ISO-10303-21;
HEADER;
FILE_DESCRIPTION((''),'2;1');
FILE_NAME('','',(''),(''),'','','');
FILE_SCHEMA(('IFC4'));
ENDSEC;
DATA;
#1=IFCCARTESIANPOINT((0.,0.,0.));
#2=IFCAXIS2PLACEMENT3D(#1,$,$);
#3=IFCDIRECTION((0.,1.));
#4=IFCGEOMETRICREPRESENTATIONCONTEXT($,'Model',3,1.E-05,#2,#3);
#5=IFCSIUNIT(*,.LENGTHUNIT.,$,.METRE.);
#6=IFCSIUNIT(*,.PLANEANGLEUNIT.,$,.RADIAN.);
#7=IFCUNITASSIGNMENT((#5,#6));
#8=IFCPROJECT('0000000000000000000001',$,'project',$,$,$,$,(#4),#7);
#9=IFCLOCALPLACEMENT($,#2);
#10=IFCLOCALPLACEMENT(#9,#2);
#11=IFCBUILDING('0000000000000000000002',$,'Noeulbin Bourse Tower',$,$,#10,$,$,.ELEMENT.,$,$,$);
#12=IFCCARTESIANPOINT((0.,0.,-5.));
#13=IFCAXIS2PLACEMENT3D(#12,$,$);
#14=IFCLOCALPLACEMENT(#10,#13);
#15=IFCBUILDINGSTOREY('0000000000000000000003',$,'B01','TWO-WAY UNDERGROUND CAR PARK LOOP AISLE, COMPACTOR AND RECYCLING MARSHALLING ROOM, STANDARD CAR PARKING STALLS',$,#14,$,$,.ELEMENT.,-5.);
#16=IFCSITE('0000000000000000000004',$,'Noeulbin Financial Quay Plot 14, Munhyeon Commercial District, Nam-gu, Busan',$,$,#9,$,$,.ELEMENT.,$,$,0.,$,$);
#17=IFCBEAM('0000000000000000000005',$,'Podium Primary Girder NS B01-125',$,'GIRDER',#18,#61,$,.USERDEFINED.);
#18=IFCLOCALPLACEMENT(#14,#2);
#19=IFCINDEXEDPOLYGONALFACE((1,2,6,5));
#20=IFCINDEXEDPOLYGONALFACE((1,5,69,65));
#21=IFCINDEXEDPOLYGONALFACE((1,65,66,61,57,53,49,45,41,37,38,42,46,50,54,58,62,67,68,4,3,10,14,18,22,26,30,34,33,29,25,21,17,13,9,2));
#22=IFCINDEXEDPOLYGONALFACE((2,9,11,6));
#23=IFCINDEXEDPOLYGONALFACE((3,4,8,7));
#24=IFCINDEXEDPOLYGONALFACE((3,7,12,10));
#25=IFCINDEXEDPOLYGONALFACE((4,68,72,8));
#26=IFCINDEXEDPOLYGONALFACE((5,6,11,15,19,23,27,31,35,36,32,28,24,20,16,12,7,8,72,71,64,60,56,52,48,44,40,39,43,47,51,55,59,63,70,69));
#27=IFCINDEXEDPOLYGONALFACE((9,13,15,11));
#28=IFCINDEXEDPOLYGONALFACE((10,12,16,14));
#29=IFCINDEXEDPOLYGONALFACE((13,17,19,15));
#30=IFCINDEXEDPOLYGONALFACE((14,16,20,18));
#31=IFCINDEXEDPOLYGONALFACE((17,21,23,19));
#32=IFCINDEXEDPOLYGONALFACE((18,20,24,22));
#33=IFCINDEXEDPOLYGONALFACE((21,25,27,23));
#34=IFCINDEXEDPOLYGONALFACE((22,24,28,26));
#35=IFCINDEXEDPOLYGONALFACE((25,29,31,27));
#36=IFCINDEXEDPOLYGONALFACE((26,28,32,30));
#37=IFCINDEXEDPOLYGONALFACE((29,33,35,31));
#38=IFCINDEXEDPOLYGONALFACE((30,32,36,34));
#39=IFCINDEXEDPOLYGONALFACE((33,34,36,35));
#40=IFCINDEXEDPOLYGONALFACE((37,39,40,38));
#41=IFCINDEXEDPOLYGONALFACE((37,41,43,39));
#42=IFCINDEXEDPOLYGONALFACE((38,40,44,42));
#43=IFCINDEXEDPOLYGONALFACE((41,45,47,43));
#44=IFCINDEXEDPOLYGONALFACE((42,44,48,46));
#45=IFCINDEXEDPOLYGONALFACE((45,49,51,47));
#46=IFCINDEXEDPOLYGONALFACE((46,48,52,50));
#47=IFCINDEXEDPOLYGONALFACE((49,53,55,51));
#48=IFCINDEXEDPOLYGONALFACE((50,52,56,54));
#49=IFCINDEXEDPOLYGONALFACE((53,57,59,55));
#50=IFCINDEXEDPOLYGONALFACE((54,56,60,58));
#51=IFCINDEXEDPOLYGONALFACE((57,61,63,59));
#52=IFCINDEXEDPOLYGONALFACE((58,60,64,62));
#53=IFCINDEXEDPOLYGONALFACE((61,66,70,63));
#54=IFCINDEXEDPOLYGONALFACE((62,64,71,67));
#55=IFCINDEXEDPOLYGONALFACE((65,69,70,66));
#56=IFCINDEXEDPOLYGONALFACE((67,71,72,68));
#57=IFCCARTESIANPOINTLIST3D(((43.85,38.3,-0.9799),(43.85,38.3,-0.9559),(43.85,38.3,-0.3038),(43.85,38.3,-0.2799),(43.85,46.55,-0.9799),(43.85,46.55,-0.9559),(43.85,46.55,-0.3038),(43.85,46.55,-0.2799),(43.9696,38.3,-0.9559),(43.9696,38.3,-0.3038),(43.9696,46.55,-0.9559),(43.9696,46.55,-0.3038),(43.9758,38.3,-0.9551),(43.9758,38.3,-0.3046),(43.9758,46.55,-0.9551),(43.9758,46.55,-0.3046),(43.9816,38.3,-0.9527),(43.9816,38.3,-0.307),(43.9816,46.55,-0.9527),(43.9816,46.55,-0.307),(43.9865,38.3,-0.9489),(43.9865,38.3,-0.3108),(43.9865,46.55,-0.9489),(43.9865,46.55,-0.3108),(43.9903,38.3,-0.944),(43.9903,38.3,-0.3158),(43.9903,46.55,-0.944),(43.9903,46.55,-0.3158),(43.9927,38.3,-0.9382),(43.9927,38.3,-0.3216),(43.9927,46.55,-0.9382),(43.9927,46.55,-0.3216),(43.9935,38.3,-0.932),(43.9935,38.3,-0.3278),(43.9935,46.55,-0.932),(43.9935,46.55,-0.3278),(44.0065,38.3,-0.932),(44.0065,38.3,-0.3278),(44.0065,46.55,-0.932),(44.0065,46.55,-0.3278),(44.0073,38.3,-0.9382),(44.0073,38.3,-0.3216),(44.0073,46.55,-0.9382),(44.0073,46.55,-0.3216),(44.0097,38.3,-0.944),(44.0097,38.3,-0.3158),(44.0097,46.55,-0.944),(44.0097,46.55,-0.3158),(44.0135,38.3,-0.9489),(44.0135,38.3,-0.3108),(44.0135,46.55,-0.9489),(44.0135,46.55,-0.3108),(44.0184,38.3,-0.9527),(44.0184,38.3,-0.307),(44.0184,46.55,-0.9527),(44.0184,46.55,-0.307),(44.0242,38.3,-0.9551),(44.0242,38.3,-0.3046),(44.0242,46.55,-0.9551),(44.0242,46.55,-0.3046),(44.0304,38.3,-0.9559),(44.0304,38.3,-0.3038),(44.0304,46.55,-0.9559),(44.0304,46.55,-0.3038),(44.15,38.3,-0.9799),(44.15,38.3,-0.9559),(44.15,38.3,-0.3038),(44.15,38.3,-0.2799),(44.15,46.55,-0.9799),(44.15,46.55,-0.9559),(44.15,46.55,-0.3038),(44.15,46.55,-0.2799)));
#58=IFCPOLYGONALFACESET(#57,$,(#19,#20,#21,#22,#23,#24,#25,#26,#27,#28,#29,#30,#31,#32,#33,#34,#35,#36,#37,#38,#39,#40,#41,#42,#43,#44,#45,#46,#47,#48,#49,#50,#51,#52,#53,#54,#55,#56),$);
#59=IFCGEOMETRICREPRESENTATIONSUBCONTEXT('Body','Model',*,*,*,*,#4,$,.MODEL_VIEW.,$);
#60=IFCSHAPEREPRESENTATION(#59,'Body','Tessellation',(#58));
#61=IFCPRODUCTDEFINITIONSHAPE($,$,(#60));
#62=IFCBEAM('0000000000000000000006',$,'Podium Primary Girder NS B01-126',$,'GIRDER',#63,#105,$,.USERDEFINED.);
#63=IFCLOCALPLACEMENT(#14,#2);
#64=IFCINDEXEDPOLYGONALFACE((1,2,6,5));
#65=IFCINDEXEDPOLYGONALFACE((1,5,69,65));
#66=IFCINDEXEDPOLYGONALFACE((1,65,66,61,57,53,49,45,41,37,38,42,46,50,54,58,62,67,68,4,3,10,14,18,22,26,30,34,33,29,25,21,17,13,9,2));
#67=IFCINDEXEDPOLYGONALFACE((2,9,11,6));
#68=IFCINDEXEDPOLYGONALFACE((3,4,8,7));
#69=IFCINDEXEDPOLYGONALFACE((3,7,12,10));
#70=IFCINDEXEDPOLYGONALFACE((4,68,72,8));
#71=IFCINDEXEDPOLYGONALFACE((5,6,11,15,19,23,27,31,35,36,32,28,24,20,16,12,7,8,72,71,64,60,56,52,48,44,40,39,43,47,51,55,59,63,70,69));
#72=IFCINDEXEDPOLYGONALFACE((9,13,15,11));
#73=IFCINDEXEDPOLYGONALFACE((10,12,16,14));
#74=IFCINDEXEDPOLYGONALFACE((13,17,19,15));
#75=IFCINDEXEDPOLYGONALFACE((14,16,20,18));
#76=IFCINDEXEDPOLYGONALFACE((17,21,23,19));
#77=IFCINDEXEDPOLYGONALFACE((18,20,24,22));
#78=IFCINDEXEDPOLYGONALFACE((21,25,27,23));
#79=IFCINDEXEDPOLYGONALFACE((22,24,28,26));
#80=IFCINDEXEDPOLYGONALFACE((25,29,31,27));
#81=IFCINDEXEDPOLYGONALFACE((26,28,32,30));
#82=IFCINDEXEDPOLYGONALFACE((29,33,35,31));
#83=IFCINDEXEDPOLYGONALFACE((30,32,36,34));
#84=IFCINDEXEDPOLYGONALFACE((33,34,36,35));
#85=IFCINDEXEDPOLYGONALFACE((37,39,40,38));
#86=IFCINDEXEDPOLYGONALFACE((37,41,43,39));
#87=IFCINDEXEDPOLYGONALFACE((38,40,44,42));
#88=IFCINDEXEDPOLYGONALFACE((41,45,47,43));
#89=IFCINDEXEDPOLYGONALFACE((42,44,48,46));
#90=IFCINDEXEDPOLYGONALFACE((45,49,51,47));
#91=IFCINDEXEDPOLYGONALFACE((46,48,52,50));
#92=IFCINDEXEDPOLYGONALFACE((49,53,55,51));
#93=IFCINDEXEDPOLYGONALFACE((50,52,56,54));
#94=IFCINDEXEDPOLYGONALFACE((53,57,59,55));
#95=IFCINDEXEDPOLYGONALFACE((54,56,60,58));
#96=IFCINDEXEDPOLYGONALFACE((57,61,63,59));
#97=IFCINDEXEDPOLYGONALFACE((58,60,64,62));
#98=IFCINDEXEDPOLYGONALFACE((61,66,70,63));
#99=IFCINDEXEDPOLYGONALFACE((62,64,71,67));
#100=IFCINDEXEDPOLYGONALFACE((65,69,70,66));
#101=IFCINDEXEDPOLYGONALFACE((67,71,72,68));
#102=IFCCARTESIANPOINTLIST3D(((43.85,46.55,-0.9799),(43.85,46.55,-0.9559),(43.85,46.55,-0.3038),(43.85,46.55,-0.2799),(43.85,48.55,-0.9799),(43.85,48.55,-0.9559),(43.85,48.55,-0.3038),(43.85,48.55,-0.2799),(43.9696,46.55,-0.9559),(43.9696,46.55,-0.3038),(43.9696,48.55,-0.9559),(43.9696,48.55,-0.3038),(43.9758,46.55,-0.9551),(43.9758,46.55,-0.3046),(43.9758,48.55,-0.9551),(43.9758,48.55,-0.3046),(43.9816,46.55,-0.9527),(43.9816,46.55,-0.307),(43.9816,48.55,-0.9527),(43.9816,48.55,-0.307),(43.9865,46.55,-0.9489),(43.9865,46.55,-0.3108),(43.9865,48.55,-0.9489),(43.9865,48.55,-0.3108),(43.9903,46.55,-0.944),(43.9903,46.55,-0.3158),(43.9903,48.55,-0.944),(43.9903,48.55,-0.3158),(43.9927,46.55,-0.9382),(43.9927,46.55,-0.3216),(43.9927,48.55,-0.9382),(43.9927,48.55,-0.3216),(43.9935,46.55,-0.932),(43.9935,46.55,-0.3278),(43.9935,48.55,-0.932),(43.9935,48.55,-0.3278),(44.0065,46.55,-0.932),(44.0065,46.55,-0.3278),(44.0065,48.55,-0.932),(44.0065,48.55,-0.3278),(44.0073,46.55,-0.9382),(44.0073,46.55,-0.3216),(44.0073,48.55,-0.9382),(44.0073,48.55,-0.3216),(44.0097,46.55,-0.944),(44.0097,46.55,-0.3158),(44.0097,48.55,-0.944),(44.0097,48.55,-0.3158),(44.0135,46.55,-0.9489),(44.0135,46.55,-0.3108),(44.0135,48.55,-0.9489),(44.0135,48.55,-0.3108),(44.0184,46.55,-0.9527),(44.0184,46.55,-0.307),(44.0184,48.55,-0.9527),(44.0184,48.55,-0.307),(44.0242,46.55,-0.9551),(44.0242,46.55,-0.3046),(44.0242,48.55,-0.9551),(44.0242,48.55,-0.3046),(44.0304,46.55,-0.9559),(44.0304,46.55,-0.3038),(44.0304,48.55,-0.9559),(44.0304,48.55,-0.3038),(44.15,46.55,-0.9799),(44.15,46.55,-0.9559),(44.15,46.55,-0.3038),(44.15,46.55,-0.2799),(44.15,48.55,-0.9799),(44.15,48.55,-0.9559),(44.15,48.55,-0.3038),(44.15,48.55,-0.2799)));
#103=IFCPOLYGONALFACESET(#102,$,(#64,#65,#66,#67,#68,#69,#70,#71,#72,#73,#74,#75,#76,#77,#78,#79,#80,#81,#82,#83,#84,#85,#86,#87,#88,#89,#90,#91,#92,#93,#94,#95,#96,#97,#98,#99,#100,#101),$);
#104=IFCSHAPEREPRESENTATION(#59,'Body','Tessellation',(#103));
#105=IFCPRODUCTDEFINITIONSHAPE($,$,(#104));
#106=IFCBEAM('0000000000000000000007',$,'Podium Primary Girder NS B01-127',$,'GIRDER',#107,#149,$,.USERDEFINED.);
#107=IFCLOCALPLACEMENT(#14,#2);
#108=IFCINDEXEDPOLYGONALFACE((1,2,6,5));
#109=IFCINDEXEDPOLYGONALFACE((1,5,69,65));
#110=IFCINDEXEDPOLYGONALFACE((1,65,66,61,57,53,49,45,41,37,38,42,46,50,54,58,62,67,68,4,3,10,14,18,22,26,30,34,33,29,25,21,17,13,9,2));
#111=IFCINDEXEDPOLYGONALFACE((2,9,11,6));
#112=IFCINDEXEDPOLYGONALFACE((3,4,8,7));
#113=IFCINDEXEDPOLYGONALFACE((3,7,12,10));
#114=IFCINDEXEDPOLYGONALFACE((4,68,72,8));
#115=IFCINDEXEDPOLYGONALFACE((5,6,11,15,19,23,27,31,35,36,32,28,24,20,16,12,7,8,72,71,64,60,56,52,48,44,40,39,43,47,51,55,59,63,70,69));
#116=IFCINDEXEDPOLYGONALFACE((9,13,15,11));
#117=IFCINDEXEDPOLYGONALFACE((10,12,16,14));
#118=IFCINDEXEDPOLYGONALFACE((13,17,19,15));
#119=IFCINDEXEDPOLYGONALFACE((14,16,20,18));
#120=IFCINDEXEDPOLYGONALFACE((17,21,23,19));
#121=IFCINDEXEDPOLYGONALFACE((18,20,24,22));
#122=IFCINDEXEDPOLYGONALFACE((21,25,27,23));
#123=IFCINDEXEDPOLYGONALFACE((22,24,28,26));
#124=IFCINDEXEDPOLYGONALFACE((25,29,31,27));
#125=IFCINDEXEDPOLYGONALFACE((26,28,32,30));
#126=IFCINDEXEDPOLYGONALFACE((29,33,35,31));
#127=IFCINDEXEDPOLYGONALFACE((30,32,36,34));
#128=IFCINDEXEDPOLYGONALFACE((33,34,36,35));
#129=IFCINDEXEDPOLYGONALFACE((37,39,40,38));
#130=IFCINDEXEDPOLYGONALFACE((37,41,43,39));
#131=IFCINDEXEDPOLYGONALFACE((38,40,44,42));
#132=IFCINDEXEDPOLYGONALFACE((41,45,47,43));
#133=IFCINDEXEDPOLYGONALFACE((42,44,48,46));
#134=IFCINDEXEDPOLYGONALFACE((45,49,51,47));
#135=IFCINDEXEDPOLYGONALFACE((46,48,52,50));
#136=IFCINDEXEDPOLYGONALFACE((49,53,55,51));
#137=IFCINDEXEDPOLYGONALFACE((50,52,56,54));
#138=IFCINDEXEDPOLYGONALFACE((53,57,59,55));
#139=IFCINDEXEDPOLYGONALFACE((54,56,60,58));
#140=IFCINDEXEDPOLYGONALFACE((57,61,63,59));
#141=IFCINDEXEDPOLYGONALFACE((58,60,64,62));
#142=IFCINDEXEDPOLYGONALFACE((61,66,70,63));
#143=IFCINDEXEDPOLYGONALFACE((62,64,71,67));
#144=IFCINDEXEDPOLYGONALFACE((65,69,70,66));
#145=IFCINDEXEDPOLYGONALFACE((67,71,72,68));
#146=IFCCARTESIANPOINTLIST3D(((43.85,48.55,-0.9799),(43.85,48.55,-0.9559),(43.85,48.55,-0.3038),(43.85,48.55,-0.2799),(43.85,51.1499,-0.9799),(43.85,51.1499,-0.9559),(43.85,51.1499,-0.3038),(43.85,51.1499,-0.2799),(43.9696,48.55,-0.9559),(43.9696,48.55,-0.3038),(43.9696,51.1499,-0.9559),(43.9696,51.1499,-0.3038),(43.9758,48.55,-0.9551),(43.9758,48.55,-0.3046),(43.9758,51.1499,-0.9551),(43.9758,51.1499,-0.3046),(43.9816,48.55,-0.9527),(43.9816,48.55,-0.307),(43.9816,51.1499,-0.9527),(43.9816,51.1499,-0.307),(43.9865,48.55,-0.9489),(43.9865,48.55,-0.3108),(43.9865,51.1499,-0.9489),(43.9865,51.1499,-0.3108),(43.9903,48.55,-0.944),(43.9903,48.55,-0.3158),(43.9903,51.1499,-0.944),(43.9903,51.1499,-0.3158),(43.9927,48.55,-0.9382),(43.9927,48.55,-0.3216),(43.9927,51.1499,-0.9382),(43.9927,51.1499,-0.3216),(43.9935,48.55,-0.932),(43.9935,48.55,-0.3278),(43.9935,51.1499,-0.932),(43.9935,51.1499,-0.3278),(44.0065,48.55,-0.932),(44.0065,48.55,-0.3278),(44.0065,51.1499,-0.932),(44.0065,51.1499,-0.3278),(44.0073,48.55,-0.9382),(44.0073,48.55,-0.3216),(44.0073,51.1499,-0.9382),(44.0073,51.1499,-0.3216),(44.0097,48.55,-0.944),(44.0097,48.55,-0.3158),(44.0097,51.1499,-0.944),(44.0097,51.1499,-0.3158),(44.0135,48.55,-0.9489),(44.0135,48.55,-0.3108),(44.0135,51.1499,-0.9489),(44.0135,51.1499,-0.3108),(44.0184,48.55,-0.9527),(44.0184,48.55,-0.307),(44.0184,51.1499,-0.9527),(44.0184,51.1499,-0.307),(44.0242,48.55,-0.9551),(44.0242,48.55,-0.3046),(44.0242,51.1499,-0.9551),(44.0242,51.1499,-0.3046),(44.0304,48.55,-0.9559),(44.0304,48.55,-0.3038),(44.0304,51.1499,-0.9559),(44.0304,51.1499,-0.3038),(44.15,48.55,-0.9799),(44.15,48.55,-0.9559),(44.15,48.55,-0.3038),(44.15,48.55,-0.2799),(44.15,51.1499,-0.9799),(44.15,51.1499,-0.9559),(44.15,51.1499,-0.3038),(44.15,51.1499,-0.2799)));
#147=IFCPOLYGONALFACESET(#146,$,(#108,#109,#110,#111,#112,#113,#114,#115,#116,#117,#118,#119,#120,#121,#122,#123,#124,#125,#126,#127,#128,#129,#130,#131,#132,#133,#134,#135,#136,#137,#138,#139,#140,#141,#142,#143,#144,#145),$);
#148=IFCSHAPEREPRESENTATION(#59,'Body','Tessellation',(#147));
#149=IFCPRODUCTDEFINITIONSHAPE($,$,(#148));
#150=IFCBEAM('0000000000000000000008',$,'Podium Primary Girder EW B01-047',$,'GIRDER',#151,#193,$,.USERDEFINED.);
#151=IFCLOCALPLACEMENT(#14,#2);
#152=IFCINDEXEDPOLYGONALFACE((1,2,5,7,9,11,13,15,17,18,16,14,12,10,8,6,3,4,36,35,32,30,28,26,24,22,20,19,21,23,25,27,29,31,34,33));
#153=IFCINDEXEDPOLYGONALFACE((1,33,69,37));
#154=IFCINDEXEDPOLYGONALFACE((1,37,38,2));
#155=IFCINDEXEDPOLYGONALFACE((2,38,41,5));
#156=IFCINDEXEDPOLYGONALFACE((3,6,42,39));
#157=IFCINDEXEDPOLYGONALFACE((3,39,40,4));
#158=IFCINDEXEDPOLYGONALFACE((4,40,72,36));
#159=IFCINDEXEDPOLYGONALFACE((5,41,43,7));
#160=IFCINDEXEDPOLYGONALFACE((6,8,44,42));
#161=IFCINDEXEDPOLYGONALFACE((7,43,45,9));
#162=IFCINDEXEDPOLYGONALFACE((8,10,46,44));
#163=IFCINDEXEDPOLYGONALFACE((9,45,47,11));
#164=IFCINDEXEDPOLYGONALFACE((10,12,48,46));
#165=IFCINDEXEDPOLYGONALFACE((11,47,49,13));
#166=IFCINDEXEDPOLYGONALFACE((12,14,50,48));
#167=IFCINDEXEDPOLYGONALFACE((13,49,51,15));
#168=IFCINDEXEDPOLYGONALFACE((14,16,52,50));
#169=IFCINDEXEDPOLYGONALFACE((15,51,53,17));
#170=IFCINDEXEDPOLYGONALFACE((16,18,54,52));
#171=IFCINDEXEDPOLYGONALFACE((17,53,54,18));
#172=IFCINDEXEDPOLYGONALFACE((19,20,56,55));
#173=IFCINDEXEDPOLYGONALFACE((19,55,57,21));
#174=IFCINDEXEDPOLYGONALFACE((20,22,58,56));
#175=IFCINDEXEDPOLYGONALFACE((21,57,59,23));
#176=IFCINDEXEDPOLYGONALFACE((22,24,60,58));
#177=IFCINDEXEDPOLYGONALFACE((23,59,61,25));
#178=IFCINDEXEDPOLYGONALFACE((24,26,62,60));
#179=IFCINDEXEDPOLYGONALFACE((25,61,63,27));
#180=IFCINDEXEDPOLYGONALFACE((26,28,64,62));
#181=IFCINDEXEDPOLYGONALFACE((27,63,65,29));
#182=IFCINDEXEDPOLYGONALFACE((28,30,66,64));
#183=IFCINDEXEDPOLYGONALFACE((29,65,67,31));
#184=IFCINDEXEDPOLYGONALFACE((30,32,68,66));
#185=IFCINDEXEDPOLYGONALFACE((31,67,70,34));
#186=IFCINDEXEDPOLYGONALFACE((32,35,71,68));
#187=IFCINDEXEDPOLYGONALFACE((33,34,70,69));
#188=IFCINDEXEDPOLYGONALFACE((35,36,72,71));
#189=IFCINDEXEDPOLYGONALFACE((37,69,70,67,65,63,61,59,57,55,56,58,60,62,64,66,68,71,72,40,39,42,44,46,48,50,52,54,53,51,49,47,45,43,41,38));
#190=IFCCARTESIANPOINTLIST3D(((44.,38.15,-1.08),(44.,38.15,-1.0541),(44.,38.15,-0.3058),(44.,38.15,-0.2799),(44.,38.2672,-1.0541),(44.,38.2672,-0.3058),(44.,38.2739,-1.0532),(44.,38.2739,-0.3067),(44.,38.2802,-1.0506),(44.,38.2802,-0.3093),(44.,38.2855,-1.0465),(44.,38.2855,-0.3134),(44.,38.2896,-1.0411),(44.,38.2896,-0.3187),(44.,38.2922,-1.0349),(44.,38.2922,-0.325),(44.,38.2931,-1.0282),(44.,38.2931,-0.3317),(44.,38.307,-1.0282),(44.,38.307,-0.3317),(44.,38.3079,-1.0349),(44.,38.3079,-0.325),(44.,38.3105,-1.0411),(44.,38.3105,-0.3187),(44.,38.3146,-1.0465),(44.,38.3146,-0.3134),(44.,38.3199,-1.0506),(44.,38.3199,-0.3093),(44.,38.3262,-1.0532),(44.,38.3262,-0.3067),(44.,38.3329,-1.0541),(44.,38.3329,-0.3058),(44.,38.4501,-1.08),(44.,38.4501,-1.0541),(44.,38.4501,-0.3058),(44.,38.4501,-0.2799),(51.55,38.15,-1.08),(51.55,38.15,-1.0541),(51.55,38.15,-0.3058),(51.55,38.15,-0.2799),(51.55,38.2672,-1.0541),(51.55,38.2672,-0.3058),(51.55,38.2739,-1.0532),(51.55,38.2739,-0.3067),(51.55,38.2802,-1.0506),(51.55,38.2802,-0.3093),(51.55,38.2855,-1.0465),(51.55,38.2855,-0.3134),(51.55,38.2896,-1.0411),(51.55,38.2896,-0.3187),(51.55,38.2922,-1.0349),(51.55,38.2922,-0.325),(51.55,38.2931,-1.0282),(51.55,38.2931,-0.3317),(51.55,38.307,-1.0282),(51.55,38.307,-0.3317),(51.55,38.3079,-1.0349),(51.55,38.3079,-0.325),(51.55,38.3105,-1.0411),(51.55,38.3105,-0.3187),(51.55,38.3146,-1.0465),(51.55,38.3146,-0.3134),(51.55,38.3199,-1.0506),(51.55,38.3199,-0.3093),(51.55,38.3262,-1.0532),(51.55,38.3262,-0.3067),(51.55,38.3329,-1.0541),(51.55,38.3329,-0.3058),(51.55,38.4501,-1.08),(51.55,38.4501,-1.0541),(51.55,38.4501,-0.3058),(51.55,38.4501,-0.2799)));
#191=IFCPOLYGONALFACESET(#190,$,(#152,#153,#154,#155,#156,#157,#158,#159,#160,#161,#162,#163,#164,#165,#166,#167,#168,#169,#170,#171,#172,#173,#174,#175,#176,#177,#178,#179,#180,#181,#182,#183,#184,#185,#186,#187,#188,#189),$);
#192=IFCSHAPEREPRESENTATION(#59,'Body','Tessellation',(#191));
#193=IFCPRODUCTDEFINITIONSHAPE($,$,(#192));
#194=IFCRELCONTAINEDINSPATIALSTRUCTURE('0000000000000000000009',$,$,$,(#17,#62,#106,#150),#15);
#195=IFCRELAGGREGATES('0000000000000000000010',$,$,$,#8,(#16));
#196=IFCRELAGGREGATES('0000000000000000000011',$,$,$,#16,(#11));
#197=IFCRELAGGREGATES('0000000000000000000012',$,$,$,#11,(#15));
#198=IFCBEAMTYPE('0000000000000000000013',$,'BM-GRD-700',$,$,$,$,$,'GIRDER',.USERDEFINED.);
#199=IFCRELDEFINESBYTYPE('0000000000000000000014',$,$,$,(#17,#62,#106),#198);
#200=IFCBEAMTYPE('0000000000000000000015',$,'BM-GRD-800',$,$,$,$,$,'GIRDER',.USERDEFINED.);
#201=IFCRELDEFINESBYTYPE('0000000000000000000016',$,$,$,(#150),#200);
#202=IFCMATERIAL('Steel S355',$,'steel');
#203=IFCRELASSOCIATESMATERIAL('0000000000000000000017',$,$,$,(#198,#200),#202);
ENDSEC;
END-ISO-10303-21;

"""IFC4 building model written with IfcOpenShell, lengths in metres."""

from ifc_helpers import new_model, si_unit, direction, frame, origin, origin_2d, place, context, subcontext, project, spatial, i_section, extrude, material, material_profile, profile_set, type_object, element, save


model = new_model("IFC4")

# Units and contexts
model_context = context("Model", 3, precision=1e-05, world=origin(), true_north=direction((0.0, 1.0)))
body_context = subcontext(model_context, "Body", "Model", "MODEL_VIEW")
ifc_project = project(units=[si_unit("LENGTHUNIT", "METRE"), si_unit("PLANEANGLEUNIT", "RADIAN")], contexts=[model_context])

# Site, building, storey
site_placement = place(None, origin())
site = spatial("IfcSite", under=ifc_project, at=site_placement, Name="Noeulbin Financial Quay Plot 14, Munhyeon Commercial District, Nam-gu, Busan", CompositionType="ELEMENT", RefElevation=0.0)
building_placement = place(site_placement, origin())
building = spatial("IfcBuilding", under=site, at=building_placement, Name="Noeulbin Bourse Tower", CompositionType="ELEMENT")
storey_placement = place(building_placement, frame((0.0, 0.0, -5.0)))
storey = spatial("IfcBuildingStorey", under=building, at=storey_placement, Name="B01", Description="TWO-WAY UNDERGROUND CAR PARK LOOP AISLE, COMPACTOR AND RECYCLING MARSHALLING ROOM, STANDARD CAR PARKING STALLS", CompositionType="ELEMENT", Elevation=-5.0)

# Beams
ifc_material_1 = material(Name="Steel S355", Category="steel")
ifc_material_profile_1 = material_profile(ifc_material_1, i_section(OverallWidth=0.3, OverallDepth=0.7, WebThickness=0.0129, FlangeThickness=0.0239, FilletRadius=0.0239, at=origin_2d()), Name="H-700x300x13x24", Category="LoadBearing")
ifc_profile_set_1 = profile_set([ifc_material_profile_1], Name="Steel S355")
beam_type_1 = type_object("IfcBeamType", Name="BM-GRD-700", ElementType="GIRDER", PredefinedType="USERDEFINED", material=ifc_profile_set_1)
beam_1_placement = place(storey_placement, frame((44.0, 38.3, -0.6299), z_axis=(0.0, 1.0, 0.0), x_axis=(-1.0, 0.0, 0.0)))
element("IfcBeam", 1, at=beam_1_placement, inside=storey, type_object=beam_type_1, Name="Podium Primary Girder NS B01-125", ObjectType="GIRDER", PredefinedType="USERDEFINED", context=body_context, shape_type="SweptSolid", body=[
    extrude(i_section(OverallWidth=0.3, OverallDepth=0.7, WebThickness=0.0129, FlangeThickness=0.0239, FilletRadius=0.0239, at=origin_2d()), origin(), (0.0, 0.0, 1.0), 8.25),
])
beam_2_placement = place(storey_placement, frame((44.0, 46.55, -0.6299), z_axis=(0.0, 1.0, 0.0), x_axis=(-1.0, 0.0, 0.0)))
element("IfcBeam", 2, at=beam_2_placement, inside=storey, type_object=beam_type_1, Name="Podium Primary Girder NS B01-126", ObjectType="GIRDER", PredefinedType="USERDEFINED", context=body_context, shape_type="SweptSolid", body=[
    extrude(i_section(OverallWidth=0.3, OverallDepth=0.7, WebThickness=0.0129, FlangeThickness=0.0239, FilletRadius=0.0239, at=origin_2d()), origin(), (0.0, 0.0, 1.0), 2.0),
])
beam_3_placement = place(storey_placement, frame((44.0, 48.55, -0.6299), z_axis=(0.0, 1.0, 0.0), x_axis=(-1.0, 0.0, 0.0)))
element("IfcBeam", 3, at=beam_3_placement, inside=storey, type_object=beam_type_1, Name="Podium Primary Girder NS B01-127", ObjectType="GIRDER", PredefinedType="USERDEFINED", context=body_context, shape_type="SweptSolid", body=[
    extrude(i_section(OverallWidth=0.3, OverallDepth=0.7, WebThickness=0.0129, FlangeThickness=0.0239, FilletRadius=0.0239, at=origin_2d()), origin(), (0.0, 0.0, 1.0), 2.5999),
])
ifc_material_profile_2 = material_profile(ifc_material_1, i_section(OverallWidth=0.3, OverallDepth=0.8, WebThickness=0.0139, FlangeThickness=0.0259, FilletRadius=0.0259, at=origin_2d()), Name="H-800x300x14x26", Category="LoadBearing")
ifc_profile_set_2 = profile_set([ifc_material_profile_2], Name="Steel S355")
beam_type_2 = type_object("IfcBeamType", Name="BM-GRD-800", ElementType="GIRDER", PredefinedType="USERDEFINED", material=ifc_profile_set_2)
beam_4_placement = place(storey_placement, frame((44.0, 38.3, -0.6799), z_axis=(1.0, 0.0, 0.0), x_axis=(0.0, 1.0, 0.0)))
element("IfcBeam", 4, at=beam_4_placement, inside=storey, type_object=beam_type_2, Name="Podium Primary Girder EW B01-047", ObjectType="GIRDER", PredefinedType="USERDEFINED", context=body_context, shape_type="SweptSolid", body=[
    extrude(i_section(OverallWidth=0.3, OverallDepth=0.8, WebThickness=0.0139, FlangeThickness=0.0259, FilletRadius=0.0259, at=origin_2d()), origin(), (0.0, 0.0, 1.0), 7.55),
])

save(model, "model.ifc")
